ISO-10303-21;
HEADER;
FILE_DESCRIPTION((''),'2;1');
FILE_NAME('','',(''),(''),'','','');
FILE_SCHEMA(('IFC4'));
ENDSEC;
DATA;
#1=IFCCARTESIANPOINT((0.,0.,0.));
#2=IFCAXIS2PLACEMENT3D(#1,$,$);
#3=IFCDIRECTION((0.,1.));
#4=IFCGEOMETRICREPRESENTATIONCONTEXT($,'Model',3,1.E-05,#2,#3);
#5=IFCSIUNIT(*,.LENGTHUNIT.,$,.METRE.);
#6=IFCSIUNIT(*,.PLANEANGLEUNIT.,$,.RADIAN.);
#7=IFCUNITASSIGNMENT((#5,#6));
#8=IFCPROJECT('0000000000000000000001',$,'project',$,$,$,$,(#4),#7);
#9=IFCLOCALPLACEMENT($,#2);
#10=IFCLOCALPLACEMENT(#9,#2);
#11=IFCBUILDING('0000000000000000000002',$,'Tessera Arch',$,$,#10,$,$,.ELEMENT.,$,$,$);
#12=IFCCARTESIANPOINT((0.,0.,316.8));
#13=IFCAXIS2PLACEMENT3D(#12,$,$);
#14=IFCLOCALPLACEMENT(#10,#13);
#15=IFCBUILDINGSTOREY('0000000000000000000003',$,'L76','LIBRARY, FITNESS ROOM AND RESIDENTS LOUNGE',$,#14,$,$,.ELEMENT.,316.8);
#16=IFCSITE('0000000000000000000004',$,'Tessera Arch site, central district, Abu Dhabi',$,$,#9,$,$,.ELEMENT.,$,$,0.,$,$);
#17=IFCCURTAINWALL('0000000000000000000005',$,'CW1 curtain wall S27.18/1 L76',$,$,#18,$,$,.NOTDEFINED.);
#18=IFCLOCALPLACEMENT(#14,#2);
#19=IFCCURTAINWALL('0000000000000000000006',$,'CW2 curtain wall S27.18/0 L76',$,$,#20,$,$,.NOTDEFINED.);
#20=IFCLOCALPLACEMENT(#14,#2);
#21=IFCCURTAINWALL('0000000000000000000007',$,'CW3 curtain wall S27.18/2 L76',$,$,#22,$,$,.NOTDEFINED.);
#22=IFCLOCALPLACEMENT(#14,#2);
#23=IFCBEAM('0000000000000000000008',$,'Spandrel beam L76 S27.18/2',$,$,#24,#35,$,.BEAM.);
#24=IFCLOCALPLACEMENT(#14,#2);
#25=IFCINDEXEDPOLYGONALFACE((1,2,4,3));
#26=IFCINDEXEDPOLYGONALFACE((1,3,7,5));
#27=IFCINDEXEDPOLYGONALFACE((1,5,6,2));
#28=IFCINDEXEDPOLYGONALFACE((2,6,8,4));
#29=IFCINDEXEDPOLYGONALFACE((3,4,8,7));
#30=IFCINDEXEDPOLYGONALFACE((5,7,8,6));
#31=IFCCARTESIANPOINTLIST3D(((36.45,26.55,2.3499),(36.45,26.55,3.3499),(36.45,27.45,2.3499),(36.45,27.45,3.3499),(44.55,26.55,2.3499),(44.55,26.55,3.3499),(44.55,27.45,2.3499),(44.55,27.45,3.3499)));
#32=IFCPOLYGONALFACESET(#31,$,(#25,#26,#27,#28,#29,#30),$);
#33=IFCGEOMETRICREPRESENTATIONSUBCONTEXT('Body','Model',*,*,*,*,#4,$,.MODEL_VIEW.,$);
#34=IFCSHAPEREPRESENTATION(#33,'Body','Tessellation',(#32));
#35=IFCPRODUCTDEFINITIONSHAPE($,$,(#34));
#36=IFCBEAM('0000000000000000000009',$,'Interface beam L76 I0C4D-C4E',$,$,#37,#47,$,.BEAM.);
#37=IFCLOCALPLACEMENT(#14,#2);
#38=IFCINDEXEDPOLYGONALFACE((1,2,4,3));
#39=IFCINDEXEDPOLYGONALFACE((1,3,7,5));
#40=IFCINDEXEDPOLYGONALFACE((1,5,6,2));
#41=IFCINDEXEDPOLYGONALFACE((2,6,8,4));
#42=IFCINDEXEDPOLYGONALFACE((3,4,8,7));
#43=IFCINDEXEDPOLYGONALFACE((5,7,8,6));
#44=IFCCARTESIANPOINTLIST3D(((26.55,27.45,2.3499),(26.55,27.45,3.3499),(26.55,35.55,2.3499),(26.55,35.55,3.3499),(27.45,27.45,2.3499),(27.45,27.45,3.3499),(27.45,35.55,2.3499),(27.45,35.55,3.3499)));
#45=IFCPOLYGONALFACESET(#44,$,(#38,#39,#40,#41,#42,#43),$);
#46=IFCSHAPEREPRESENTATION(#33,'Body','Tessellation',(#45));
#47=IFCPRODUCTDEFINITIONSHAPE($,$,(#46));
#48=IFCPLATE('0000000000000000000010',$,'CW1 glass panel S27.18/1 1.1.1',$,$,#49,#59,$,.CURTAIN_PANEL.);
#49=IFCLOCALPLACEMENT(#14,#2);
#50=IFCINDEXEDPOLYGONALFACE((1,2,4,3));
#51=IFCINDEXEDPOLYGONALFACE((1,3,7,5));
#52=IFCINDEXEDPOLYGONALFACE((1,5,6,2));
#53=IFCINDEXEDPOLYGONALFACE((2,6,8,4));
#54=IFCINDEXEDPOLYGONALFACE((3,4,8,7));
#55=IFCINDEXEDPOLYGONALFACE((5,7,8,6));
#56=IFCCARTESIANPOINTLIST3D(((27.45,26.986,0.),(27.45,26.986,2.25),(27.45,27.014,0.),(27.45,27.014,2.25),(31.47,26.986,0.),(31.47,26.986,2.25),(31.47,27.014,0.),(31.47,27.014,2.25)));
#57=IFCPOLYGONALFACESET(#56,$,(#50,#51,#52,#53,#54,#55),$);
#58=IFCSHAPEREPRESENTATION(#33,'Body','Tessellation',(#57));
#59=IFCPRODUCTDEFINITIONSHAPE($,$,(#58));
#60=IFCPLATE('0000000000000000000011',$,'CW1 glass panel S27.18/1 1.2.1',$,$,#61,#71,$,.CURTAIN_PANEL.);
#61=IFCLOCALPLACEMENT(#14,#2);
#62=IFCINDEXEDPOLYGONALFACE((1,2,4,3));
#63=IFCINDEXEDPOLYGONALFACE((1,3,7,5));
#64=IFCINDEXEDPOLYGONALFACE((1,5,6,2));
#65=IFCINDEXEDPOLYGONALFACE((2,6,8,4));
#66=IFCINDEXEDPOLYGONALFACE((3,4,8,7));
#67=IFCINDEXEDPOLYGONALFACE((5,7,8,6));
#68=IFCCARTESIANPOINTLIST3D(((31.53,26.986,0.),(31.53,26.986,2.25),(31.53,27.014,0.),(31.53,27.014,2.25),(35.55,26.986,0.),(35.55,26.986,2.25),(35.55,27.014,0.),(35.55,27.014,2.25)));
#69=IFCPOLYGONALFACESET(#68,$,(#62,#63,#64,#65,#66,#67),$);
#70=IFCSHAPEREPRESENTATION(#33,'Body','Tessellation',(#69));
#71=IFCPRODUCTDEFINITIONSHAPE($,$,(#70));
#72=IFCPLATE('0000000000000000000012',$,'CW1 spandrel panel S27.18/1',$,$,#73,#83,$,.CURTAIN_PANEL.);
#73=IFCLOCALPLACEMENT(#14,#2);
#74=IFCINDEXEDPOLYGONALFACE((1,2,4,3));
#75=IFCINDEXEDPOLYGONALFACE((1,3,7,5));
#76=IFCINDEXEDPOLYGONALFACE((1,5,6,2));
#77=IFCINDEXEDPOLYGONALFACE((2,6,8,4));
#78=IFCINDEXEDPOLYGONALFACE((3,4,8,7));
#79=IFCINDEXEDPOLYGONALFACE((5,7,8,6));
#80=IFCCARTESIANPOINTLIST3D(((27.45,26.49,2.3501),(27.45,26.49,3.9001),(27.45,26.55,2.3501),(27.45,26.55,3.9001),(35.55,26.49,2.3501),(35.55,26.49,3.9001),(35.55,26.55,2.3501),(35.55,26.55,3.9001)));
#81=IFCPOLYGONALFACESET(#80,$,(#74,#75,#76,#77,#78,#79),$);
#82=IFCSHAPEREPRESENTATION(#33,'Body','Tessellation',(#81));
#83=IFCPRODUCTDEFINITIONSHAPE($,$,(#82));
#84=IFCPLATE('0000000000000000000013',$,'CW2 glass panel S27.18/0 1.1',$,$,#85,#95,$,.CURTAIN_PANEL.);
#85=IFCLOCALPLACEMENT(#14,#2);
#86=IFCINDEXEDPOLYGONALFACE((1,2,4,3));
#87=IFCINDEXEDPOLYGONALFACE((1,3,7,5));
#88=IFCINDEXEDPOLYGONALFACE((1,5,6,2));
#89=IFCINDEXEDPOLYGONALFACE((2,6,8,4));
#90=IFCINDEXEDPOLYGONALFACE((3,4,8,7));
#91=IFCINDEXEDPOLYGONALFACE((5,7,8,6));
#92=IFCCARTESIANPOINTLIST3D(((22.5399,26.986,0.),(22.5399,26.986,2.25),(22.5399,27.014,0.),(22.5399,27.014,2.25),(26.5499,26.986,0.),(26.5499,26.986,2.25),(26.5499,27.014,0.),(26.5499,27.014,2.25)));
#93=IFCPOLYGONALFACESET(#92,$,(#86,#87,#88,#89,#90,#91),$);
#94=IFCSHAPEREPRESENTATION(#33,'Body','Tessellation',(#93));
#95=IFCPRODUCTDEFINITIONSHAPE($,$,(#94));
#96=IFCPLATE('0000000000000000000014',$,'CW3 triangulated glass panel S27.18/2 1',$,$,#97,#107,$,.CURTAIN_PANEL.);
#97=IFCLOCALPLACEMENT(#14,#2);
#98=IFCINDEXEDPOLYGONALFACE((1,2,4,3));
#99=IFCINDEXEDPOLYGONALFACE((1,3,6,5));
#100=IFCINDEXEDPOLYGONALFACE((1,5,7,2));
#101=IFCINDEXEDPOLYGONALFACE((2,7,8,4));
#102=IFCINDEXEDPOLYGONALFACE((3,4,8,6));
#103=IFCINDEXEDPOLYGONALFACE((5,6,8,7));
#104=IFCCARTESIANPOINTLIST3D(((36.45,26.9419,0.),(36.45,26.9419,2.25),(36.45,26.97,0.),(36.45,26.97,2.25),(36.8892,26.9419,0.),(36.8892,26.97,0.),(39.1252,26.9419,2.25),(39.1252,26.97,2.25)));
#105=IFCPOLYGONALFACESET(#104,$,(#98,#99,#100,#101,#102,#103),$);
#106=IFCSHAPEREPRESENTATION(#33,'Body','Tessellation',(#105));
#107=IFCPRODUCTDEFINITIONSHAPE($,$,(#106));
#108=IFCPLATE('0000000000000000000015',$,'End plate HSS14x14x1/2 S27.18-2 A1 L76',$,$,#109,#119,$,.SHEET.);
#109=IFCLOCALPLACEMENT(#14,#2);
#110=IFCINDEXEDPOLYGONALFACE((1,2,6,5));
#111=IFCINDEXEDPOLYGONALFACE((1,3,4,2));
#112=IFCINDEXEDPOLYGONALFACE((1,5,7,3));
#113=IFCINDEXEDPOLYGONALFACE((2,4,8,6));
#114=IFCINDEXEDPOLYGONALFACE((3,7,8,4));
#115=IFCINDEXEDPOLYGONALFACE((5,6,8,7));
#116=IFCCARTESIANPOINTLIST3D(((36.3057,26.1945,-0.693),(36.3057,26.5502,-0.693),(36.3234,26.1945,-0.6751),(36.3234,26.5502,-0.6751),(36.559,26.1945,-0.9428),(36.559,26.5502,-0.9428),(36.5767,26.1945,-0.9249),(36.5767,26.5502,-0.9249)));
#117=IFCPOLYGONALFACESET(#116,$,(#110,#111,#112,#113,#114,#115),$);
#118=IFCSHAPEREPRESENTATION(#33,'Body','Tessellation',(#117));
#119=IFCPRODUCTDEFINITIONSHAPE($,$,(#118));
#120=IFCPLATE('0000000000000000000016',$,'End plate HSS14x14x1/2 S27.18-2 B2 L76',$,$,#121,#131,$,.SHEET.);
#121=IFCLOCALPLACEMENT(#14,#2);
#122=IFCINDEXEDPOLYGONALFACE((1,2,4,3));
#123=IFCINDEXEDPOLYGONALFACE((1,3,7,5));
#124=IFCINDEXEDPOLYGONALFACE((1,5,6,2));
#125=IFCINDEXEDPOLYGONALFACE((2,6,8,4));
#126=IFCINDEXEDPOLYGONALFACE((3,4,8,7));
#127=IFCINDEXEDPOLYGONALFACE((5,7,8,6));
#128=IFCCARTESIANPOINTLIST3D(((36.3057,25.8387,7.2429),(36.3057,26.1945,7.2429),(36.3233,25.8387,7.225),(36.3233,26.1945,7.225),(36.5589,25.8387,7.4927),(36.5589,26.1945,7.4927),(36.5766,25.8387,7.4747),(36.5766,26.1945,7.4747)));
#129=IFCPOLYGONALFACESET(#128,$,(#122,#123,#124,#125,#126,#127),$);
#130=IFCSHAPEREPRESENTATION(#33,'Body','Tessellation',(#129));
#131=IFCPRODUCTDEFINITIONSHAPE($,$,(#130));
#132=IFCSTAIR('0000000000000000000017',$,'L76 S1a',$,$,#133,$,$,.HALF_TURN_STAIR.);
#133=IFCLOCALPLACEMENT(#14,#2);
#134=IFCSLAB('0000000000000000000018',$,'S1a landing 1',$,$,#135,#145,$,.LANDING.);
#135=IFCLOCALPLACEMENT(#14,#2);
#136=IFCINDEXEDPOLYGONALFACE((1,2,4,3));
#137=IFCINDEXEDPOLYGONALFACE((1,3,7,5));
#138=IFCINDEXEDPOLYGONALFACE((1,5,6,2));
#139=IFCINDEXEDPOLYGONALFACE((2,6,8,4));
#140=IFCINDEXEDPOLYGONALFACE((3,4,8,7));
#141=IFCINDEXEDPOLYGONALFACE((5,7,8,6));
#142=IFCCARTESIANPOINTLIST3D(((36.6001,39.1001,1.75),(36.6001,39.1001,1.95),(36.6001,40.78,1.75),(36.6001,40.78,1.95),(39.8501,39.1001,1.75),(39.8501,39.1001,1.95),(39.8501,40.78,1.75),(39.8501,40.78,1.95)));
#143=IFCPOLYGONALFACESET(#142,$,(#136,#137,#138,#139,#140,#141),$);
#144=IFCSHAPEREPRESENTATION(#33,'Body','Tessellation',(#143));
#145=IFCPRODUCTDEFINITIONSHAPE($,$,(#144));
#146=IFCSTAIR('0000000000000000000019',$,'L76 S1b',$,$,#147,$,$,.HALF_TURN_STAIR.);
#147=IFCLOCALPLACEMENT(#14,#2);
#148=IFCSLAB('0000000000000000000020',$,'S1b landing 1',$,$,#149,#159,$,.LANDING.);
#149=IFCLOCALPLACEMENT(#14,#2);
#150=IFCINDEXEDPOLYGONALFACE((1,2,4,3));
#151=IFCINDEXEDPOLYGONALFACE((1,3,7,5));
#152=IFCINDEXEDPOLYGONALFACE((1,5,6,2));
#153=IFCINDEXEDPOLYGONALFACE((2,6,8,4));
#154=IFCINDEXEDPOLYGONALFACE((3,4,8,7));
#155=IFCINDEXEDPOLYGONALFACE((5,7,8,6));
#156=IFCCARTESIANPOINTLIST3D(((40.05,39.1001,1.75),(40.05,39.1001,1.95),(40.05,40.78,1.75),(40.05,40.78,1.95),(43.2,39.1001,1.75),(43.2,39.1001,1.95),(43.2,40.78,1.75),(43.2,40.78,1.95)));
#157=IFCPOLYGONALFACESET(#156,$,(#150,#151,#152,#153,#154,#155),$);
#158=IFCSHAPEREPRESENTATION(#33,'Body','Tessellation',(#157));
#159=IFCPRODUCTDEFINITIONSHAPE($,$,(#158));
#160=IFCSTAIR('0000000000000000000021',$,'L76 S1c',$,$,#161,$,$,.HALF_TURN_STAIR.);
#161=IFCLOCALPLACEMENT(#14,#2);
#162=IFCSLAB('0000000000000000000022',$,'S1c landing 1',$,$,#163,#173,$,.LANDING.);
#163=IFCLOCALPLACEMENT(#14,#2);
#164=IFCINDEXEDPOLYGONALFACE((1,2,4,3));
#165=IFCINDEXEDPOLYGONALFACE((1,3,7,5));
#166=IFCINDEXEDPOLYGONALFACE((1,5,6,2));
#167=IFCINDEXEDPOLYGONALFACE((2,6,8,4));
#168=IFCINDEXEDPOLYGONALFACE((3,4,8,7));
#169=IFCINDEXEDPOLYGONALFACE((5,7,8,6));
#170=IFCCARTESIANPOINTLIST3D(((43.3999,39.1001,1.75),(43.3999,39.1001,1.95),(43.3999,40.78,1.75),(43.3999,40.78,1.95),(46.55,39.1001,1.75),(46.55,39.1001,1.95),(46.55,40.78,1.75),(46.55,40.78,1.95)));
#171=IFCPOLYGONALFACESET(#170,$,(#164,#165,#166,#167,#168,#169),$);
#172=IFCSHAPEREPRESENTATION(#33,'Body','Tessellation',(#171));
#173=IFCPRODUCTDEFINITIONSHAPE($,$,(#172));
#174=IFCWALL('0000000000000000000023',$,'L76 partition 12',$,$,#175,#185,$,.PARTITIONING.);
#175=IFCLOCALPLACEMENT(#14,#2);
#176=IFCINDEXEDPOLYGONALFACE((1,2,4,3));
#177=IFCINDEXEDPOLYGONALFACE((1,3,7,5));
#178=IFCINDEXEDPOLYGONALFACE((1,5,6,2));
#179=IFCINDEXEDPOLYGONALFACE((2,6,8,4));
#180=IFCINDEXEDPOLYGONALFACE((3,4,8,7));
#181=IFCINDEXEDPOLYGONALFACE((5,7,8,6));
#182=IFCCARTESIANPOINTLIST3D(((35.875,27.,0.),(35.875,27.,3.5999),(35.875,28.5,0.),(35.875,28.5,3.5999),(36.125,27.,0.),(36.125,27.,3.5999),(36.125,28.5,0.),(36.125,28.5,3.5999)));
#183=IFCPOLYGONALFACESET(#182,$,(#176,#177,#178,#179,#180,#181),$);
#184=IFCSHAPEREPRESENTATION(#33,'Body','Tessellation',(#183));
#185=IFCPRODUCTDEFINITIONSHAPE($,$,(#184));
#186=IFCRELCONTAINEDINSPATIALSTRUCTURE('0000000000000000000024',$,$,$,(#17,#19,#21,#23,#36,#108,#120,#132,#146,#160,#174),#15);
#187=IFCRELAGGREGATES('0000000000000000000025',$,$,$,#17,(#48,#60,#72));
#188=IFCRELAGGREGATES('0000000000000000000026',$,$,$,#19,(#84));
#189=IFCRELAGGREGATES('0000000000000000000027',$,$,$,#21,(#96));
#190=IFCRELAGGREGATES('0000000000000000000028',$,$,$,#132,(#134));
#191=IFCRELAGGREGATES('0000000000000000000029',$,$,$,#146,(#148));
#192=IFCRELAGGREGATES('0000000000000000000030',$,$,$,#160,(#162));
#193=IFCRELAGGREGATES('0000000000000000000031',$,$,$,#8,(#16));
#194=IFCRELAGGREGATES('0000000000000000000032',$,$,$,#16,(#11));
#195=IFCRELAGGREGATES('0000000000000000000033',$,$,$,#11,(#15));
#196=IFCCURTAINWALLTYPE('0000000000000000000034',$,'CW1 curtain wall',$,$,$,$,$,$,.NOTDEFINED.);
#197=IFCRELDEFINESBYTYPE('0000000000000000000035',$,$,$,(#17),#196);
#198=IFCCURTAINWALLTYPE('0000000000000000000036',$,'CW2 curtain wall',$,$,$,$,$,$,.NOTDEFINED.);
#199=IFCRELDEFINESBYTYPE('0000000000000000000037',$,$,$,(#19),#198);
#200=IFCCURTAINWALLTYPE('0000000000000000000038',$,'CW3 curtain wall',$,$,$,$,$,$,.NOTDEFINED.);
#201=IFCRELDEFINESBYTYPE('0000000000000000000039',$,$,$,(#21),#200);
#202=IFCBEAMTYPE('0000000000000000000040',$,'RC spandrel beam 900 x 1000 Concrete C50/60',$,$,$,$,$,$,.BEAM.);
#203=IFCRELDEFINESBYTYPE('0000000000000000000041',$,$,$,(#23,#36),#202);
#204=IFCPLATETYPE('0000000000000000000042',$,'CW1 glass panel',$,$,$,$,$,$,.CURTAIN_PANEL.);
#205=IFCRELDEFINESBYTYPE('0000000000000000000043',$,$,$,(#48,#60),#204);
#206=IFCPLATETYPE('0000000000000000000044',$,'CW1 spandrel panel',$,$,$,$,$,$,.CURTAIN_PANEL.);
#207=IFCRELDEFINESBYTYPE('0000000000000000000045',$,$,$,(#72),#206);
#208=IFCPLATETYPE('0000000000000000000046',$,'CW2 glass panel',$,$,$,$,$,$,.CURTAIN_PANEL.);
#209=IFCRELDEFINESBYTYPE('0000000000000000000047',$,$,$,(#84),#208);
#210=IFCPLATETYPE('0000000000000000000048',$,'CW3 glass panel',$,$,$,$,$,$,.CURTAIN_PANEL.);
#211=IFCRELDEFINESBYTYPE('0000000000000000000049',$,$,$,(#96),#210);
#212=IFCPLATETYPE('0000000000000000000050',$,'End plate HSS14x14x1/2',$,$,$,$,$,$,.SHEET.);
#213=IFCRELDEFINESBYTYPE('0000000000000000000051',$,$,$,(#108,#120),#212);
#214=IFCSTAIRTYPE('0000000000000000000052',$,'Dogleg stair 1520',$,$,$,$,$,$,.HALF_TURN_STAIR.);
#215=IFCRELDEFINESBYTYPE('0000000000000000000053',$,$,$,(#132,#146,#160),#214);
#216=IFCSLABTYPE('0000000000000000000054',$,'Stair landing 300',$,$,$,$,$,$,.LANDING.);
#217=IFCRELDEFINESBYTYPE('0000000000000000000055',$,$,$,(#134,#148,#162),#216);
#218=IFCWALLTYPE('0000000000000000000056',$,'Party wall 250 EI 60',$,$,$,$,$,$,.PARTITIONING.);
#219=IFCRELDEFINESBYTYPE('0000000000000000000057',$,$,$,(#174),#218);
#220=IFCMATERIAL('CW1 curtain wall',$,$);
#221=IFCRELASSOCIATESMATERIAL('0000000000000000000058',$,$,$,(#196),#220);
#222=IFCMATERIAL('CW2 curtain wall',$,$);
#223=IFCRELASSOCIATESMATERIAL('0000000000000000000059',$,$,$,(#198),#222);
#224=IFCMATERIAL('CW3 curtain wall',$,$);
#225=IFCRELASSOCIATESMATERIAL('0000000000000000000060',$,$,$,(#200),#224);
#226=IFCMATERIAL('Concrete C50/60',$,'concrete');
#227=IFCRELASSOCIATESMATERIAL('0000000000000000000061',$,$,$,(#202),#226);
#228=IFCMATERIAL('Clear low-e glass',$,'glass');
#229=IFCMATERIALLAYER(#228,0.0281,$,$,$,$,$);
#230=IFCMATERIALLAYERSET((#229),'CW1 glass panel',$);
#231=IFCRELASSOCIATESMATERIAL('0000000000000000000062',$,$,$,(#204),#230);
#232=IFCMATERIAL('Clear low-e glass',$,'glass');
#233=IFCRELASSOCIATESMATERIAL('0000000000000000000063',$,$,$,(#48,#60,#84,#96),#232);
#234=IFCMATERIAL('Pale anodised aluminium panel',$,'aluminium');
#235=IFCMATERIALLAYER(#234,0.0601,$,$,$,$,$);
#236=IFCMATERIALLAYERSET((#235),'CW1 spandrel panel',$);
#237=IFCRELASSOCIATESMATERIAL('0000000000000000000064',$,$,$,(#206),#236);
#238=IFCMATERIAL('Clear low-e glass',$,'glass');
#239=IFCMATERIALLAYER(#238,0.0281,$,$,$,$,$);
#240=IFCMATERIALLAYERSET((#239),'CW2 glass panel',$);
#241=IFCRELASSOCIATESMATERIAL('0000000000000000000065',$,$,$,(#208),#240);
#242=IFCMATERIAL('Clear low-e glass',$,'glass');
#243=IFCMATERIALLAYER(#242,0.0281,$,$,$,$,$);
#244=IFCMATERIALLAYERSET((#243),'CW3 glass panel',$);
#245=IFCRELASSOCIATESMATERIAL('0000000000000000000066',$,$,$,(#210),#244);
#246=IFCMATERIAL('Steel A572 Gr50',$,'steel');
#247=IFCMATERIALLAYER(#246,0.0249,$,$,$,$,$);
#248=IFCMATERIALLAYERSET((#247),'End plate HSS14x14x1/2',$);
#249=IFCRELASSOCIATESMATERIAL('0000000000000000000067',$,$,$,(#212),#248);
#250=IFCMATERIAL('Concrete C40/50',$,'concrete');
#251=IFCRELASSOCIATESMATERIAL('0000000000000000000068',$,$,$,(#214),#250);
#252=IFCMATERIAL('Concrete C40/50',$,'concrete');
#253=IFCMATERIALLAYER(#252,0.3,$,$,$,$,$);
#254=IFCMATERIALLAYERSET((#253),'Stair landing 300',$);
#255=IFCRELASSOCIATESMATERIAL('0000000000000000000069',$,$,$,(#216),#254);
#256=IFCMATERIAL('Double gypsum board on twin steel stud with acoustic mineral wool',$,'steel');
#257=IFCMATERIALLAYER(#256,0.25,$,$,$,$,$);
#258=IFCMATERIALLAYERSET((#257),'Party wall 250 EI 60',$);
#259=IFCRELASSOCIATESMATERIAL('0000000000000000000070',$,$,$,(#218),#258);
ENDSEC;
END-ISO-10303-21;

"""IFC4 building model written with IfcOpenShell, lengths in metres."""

from ifc_helpers import new_model, si_unit, direction, frame, frame_2d, origin, origin_2d, place, context, subcontext, project, spatial, polyline, rectangle, outline, extrude, material, layer, layer_set, material_profile, profile_set, type_object, element, aggregate, save


model = new_model("IFC4")

# Units and contexts
model_context = context("Model", 3, precision=1e-05, world=origin(), true_north=direction((0.0, 1.0)))
body_context = subcontext(model_context, "Body", "Model", "MODEL_VIEW")
ifc_project = project(units=[si_unit("LENGTHUNIT", "METRE"), si_unit("PLANEANGLEUNIT", "RADIAN")], contexts=[model_context])

# Site, building, storey
site_placement = place(None, origin())
site = spatial("IfcSite", under=ifc_project, at=site_placement, Name="Tessera Arch site, central district, Abu Dhabi", CompositionType="ELEMENT", RefElevation=0.0)
building_placement = place(site_placement, origin())
building = spatial("IfcBuilding", under=site, at=building_placement, Name="Tessera Arch", CompositionType="ELEMENT")
storey_placement = place(building_placement, frame((0.0, 0.0, 316.8)))
storey = spatial("IfcBuildingStorey", under=building, at=storey_placement, Name="L76", Description="LIBRARY, FITNESS ROOM AND RESIDENTS LOUNGE", CompositionType="ELEMENT", Elevation=316.8)

# Curtain wall
ifc_material_1 = material(Name="CW1 curtain wall")
curtain_wall_type_1 = type_object("IfcCurtainWallType", Name="CW1 curtain wall", PredefinedType="NOTDEFINED", material=ifc_material_1)
curtain_wall_1_placement = place(storey_placement, origin())
curtain_wall_1 = element("IfcCurtainWall", 1, at=curtain_wall_1_placement, inside=storey, type_object=curtain_wall_type_1, Name="CW1 curtain wall S27.18/1 L76", PredefinedType="NOTDEFINED")

# Curtain walls
ifc_material_2 = material(Name="CW2 curtain wall")
curtain_wall_type_2 = type_object("IfcCurtainWallType", Name="CW2 curtain wall", PredefinedType="NOTDEFINED", material=ifc_material_2)
curtain_wall_2_placement = place(storey_placement, origin())
curtain_wall_2 = element("IfcCurtainWall", 2, at=curtain_wall_2_placement, inside=storey, type_object=curtain_wall_type_2, Name="CW2 curtain wall S27.18/0 L76", PredefinedType="NOTDEFINED")
ifc_material_3 = material(Name="CW3 curtain wall")
curtain_wall_type_3 = type_object("IfcCurtainWallType", Name="CW3 curtain wall", PredefinedType="NOTDEFINED", material=ifc_material_3)
curtain_wall_3_placement = place(storey_placement, origin())
curtain_wall_3 = element("IfcCurtainWall", 3, at=curtain_wall_3_placement, inside=storey, type_object=curtain_wall_type_3, Name="CW3 curtain wall S27.18/2 L76", PredefinedType="NOTDEFINED")

# Beams
ifc_material_4 = material(Name="Concrete C50/60", Category="concrete")
ifc_material_profile_1 = material_profile(ifc_material_4, rectangle(XDim=0.8999, YDim=1.0, at=origin_2d()), Name="RC spandrel beam 900 x 1000 Concrete C50/60")
ifc_profile_set_1 = profile_set([ifc_material_profile_1], Name="Concrete C50/60")
beam_type = type_object("IfcBeamType", Name="RC spandrel beam 900 x 1000 Concrete C50/60", PredefinedType="BEAM", material=ifc_profile_set_1)
for number, where, z_axis, x_axis, name in (
    (4, (36.45, 27.0, 2.8499), (1.0, 0.0, 0.0), (0.0, 1.0, 0.0), "Spandrel beam L76 S27.18/2"),
    (5, (27.0, 27.45, 2.8499), (0.0, 1.0, 0.0), (-1.0, 0.0, 0.0), "Interface beam L76 I0C4D-C4E"),
):
    element("IfcBeam", number, at=place(storey_placement, frame(where, z_axis=z_axis, x_axis=x_axis)), inside=storey, type_object=beam_type, Name=name, PredefinedType="BEAM", context=body_context, shape_type="SweptSolid", body=[
        extrude(rectangle(XDim=0.8999, YDim=1.0, at=origin_2d()), origin(), (0.0, 0.0, 1.0), 8.1001),
    ])

# Plates
ifc_material_5 = material(Name="Clear low-e glass", Category="glass")
ifc_material_6 = material(Name="Clear low-e glass", Category="glass")
ifc_layer_1 = layer(ifc_material_6, 0.0281)
ifc_layer_set_1 = layer_set([ifc_layer_1], Name="CW1 glass panel")
plate_type_1 = type_object("IfcPlateType", Name="CW1 glass panel", PredefinedType="CURTAIN_PANEL", material=ifc_layer_set_1)
plate_1_placement = place(storey_placement, frame((29.46, 27.0, 0.0), z_axis=(0.0, 0.0, 1.0), x_axis=(1.0, 0.0, 0.0)))
plate_1 = element("IfcPlate", 6, at=plate_1_placement, type_object=plate_type_1, material=ifc_material_5, Name="CW1 glass panel S27.18/1 1.1.1", PredefinedType="CURTAIN_PANEL", context=body_context, shape_type="SweptSolid", body=[
    extrude(rectangle(XDim=4.02, YDim=0.0281, at=origin_2d()), origin(), (0.0, 0.0, 1.0), 2.25),
])
plate_2_placement = place(storey_placement, frame((33.54, 27.0, 0.0), z_axis=(0.0, 0.0, 1.0), x_axis=(1.0, 0.0, 0.0)))
plate_2 = element("IfcPlate", 7, at=plate_2_placement, type_object=plate_type_1, material=ifc_material_5, Name="CW1 glass panel S27.18/1 1.2.1", PredefinedType="CURTAIN_PANEL", context=body_context, shape_type="SweptSolid", body=[
    extrude(rectangle(XDim=4.02, YDim=0.0281, at=origin_2d()), origin(), (0.0, 0.0, 1.0), 2.25),
])
ifc_material_7 = material(Name="Pale anodised aluminium panel", Category="aluminium")
ifc_layer_2 = layer(ifc_material_7, 0.0601)
ifc_layer_set_2 = layer_set([ifc_layer_2], Name="CW1 spandrel panel")
plate_type_2 = type_object("IfcPlateType", Name="CW1 spandrel panel", PredefinedType="CURTAIN_PANEL", material=ifc_layer_set_2)
plate_3_placement = place(storey_placement, frame((31.5, 26.52, 2.3501), z_axis=(0.0, 0.0, 1.0), x_axis=(1.0, 0.0, 0.0)))
plate_3 = element("IfcPlate", 8, at=plate_3_placement, type_object=plate_type_2, Name="CW1 spandrel panel S27.18/1", PredefinedType="CURTAIN_PANEL", context=body_context, shape_type="SweptSolid", body=[
    extrude(rectangle(XDim=8.1001, YDim=0.0601, at=origin_2d()), origin(), (0.0, 0.0, 1.0), 1.55),
])
aggregate(curtain_wall_1, [plate_1, plate_2, plate_3])
ifc_material_8 = material(Name="Clear low-e glass", Category="glass")
ifc_layer_3 = layer(ifc_material_8, 0.0281)
ifc_layer_set_3 = layer_set([ifc_layer_3], Name="CW2 glass panel")
plate_type_3 = type_object("IfcPlateType", Name="CW2 glass panel", PredefinedType="CURTAIN_PANEL", material=ifc_layer_set_3)
plate_4_placement = place(storey_placement, frame((24.5449, 27.0, 0.0), z_axis=(0.0, 0.0, 1.0), x_axis=(1.0, 0.0, 0.0)))
plate_4 = element("IfcPlate", 9, at=plate_4_placement, type_object=plate_type_3, material=ifc_material_5, Name="CW2 glass panel S27.18/0 1.1", PredefinedType="CURTAIN_PANEL", context=body_context, shape_type="SweptSolid", body=[
    extrude(rectangle(XDim=4.01, YDim=0.0281, at=origin_2d()), origin(), (0.0, 0.0, 1.0), 2.25),
])
aggregate(curtain_wall_2, [plate_4])
ifc_material_9 = material(Name="Clear low-e glass", Category="glass")
ifc_layer_4 = layer(ifc_material_9, 0.0281)
ifc_layer_set_4 = layer_set([ifc_layer_4], Name="CW3 glass panel")
plate_type_4 = type_object("IfcPlateType", Name="CW3 glass panel", PredefinedType="CURTAIN_PANEL", material=ifc_layer_set_4)
plate_5_placement = place(storey_placement, frame((36.45, 26.9419, 0.0), z_axis=(0.0, -1.0, 0.0), x_axis=(1.0, 0.0, 0.0)))
plate_5 = element("IfcPlate", 10, at=plate_5_placement, type_object=plate_type_4, material=ifc_material_5, Name="CW3 triangulated glass panel S27.18/2 1", PredefinedType="CURTAIN_PANEL", context=body_context, shape_type="SweptSolid", body=[
    extrude(outline(polyline([(0.0, 0.0), (0.4392, 0.0), (2.6753, 2.25), (0.0, 2.25), (0.0, 0.0)])), origin(), (0.0, 0.0, -1.0), 0.0281),
])
aggregate(curtain_wall_3, [plate_5])

# Plates
ifc_material_10 = material(Name="Steel A572 Gr50", Category="steel")
ifc_layer_5 = layer(ifc_material_10, 0.0249)
ifc_layer_set_5 = layer_set([ifc_layer_5], Name="End plate HSS14x14x1/2")
plate_type_5 = type_object("IfcPlateType", Name="End plate HSS14x14x1/2", PredefinedType="SHEET", material=ifc_layer_set_5)
for number, where, z_axis, x_axis, name in (
    (11, (36.4324, 26.3723, -0.8179), (0.702213, 0.0, 0.711966), (0.0, 1.0, 0.0), "End plate HSS14x14x1/2 S27.18-2 A1 L76"),
    (12, (36.45, 26.0166, 7.3499), (-0.702213, 0.0, 0.711966), (0.0, -1.0, 0.0), "End plate HSS14x14x1/2 S27.18-2 B2 L76"),
):
    element("IfcPlate", number, at=place(storey_placement, frame(where, z_axis=z_axis, x_axis=x_axis)), inside=storey, type_object=plate_type_5, Name=name, PredefinedType="SHEET", context=body_context, shape_type="SweptSolid", body=[
        extrude(rectangle(XDim=0.3557, YDim=0.3557, at=origin_2d()), origin(), (0.0, 0.0, 1.0), 0.0251),
    ])

# Stairs, slabs
ifc_material_11 = material(Name="Concrete C40/50", Category="concrete")
stair_type = type_object("IfcStairType", Name="Dogleg stair 1520", PredefinedType="HALF_TURN_STAIR", material=ifc_material_11)
stair_1_placement = place(storey_placement, origin())
stair_1 = element("IfcStair", 13, at=stair_1_placement, inside=storey, type_object=stair_type, Name="L76 S1a", PredefinedType="HALF_TURN_STAIR")
ifc_material_12 = material(Name="Concrete C40/50", Category="concrete")
ifc_layer_6 = layer(ifc_material_12, 0.3)
ifc_layer_set_6 = layer_set([ifc_layer_6], Name="Stair landing 300")
slab_type = type_object("IfcSlabType", Name="Stair landing 300", PredefinedType="LANDING", material=ifc_layer_set_6)
slab_1_placement = place(storey_placement, frame((0.0, 0.0, 1.75)))
slab_1 = element("IfcSlab", 14, at=slab_1_placement, type_object=slab_type, Name="S1a landing 1", PredefinedType="LANDING", context=body_context, shape_type="SweptSolid", body=[
    extrude(outline(polyline([(36.6001, 40.78), (36.6001, 39.1001), (39.8501, 39.1001), (39.8501, 40.78), (36.6001, 40.78)])), origin(), (0.0, 0.0, 1.0), 0.2),
])
aggregate(stair_1, [slab_1])
stair_2_placement = place(storey_placement, origin())
stair_2 = element("IfcStair", 15, at=stair_2_placement, inside=storey, type_object=stair_type, Name="L76 S1b", PredefinedType="HALF_TURN_STAIR")
slab_2_placement = place(storey_placement, frame((0.0, 0.0, 1.75)))
slab_2 = element("IfcSlab", 16, at=slab_2_placement, type_object=slab_type, Name="S1b landing 1", PredefinedType="LANDING", context=body_context, shape_type="SweptSolid", body=[
    extrude(outline(polyline([(40.05, 40.78), (40.05, 39.1001), (43.2, 39.1001), (43.2, 40.78), (40.05, 40.78)])), origin(), (0.0, 0.0, 1.0), 0.2),
])
aggregate(stair_2, [slab_2])
stair_3_placement = place(storey_placement, origin())
stair_3 = element("IfcStair", 17, at=stair_3_placement, inside=storey, type_object=stair_type, Name="L76 S1c", PredefinedType="HALF_TURN_STAIR")
slab_3_placement = place(storey_placement, frame((0.0, 0.0, 1.75)))
slab_3 = element("IfcSlab", 18, at=slab_3_placement, type_object=slab_type, Name="S1c landing 1", PredefinedType="LANDING", context=body_context, shape_type="SweptSolid", body=[
    extrude(outline(polyline([(43.3999, 40.78), (43.3999, 39.1001), (46.55, 39.1001), (46.55, 40.78), (43.3999, 40.78)])), origin(), (0.0, 0.0, 1.0), 0.2),
])
aggregate(stair_3, [slab_3])

# Wall
ifc_material_13 = material(Name="Double gypsum board on twin steel stud with acoustic mineral wool", Category="steel")
ifc_layer_7 = layer(ifc_material_13, 0.25)
ifc_layer_set_7 = layer_set([ifc_layer_7], Name="Party wall 250 EI 60")
wall_type = type_object("IfcWallType", Name="Party wall 250 EI 60", PredefinedType="PARTITIONING", material=ifc_layer_set_7)
wall_placement = place(storey_placement, frame((36.0, 27.0, 0.0), z_axis=(0.0, 0.0, 1.0), x_axis=(0.0, 1.0, 0.0)))
element("IfcWall", 19, at=wall_placement, inside=storey, type_object=wall_type, Name="L76 partition 12", PredefinedType="PARTITIONING", context=body_context, shape_type="SweptSolid", body=[
    extrude(rectangle(XDim=1.5, YDim=0.25, at=frame_2d((0.75, 0.0))), origin(), (0.0, 0.0, 1.0), 3.5999),
])

save(model, "model.ifc")
